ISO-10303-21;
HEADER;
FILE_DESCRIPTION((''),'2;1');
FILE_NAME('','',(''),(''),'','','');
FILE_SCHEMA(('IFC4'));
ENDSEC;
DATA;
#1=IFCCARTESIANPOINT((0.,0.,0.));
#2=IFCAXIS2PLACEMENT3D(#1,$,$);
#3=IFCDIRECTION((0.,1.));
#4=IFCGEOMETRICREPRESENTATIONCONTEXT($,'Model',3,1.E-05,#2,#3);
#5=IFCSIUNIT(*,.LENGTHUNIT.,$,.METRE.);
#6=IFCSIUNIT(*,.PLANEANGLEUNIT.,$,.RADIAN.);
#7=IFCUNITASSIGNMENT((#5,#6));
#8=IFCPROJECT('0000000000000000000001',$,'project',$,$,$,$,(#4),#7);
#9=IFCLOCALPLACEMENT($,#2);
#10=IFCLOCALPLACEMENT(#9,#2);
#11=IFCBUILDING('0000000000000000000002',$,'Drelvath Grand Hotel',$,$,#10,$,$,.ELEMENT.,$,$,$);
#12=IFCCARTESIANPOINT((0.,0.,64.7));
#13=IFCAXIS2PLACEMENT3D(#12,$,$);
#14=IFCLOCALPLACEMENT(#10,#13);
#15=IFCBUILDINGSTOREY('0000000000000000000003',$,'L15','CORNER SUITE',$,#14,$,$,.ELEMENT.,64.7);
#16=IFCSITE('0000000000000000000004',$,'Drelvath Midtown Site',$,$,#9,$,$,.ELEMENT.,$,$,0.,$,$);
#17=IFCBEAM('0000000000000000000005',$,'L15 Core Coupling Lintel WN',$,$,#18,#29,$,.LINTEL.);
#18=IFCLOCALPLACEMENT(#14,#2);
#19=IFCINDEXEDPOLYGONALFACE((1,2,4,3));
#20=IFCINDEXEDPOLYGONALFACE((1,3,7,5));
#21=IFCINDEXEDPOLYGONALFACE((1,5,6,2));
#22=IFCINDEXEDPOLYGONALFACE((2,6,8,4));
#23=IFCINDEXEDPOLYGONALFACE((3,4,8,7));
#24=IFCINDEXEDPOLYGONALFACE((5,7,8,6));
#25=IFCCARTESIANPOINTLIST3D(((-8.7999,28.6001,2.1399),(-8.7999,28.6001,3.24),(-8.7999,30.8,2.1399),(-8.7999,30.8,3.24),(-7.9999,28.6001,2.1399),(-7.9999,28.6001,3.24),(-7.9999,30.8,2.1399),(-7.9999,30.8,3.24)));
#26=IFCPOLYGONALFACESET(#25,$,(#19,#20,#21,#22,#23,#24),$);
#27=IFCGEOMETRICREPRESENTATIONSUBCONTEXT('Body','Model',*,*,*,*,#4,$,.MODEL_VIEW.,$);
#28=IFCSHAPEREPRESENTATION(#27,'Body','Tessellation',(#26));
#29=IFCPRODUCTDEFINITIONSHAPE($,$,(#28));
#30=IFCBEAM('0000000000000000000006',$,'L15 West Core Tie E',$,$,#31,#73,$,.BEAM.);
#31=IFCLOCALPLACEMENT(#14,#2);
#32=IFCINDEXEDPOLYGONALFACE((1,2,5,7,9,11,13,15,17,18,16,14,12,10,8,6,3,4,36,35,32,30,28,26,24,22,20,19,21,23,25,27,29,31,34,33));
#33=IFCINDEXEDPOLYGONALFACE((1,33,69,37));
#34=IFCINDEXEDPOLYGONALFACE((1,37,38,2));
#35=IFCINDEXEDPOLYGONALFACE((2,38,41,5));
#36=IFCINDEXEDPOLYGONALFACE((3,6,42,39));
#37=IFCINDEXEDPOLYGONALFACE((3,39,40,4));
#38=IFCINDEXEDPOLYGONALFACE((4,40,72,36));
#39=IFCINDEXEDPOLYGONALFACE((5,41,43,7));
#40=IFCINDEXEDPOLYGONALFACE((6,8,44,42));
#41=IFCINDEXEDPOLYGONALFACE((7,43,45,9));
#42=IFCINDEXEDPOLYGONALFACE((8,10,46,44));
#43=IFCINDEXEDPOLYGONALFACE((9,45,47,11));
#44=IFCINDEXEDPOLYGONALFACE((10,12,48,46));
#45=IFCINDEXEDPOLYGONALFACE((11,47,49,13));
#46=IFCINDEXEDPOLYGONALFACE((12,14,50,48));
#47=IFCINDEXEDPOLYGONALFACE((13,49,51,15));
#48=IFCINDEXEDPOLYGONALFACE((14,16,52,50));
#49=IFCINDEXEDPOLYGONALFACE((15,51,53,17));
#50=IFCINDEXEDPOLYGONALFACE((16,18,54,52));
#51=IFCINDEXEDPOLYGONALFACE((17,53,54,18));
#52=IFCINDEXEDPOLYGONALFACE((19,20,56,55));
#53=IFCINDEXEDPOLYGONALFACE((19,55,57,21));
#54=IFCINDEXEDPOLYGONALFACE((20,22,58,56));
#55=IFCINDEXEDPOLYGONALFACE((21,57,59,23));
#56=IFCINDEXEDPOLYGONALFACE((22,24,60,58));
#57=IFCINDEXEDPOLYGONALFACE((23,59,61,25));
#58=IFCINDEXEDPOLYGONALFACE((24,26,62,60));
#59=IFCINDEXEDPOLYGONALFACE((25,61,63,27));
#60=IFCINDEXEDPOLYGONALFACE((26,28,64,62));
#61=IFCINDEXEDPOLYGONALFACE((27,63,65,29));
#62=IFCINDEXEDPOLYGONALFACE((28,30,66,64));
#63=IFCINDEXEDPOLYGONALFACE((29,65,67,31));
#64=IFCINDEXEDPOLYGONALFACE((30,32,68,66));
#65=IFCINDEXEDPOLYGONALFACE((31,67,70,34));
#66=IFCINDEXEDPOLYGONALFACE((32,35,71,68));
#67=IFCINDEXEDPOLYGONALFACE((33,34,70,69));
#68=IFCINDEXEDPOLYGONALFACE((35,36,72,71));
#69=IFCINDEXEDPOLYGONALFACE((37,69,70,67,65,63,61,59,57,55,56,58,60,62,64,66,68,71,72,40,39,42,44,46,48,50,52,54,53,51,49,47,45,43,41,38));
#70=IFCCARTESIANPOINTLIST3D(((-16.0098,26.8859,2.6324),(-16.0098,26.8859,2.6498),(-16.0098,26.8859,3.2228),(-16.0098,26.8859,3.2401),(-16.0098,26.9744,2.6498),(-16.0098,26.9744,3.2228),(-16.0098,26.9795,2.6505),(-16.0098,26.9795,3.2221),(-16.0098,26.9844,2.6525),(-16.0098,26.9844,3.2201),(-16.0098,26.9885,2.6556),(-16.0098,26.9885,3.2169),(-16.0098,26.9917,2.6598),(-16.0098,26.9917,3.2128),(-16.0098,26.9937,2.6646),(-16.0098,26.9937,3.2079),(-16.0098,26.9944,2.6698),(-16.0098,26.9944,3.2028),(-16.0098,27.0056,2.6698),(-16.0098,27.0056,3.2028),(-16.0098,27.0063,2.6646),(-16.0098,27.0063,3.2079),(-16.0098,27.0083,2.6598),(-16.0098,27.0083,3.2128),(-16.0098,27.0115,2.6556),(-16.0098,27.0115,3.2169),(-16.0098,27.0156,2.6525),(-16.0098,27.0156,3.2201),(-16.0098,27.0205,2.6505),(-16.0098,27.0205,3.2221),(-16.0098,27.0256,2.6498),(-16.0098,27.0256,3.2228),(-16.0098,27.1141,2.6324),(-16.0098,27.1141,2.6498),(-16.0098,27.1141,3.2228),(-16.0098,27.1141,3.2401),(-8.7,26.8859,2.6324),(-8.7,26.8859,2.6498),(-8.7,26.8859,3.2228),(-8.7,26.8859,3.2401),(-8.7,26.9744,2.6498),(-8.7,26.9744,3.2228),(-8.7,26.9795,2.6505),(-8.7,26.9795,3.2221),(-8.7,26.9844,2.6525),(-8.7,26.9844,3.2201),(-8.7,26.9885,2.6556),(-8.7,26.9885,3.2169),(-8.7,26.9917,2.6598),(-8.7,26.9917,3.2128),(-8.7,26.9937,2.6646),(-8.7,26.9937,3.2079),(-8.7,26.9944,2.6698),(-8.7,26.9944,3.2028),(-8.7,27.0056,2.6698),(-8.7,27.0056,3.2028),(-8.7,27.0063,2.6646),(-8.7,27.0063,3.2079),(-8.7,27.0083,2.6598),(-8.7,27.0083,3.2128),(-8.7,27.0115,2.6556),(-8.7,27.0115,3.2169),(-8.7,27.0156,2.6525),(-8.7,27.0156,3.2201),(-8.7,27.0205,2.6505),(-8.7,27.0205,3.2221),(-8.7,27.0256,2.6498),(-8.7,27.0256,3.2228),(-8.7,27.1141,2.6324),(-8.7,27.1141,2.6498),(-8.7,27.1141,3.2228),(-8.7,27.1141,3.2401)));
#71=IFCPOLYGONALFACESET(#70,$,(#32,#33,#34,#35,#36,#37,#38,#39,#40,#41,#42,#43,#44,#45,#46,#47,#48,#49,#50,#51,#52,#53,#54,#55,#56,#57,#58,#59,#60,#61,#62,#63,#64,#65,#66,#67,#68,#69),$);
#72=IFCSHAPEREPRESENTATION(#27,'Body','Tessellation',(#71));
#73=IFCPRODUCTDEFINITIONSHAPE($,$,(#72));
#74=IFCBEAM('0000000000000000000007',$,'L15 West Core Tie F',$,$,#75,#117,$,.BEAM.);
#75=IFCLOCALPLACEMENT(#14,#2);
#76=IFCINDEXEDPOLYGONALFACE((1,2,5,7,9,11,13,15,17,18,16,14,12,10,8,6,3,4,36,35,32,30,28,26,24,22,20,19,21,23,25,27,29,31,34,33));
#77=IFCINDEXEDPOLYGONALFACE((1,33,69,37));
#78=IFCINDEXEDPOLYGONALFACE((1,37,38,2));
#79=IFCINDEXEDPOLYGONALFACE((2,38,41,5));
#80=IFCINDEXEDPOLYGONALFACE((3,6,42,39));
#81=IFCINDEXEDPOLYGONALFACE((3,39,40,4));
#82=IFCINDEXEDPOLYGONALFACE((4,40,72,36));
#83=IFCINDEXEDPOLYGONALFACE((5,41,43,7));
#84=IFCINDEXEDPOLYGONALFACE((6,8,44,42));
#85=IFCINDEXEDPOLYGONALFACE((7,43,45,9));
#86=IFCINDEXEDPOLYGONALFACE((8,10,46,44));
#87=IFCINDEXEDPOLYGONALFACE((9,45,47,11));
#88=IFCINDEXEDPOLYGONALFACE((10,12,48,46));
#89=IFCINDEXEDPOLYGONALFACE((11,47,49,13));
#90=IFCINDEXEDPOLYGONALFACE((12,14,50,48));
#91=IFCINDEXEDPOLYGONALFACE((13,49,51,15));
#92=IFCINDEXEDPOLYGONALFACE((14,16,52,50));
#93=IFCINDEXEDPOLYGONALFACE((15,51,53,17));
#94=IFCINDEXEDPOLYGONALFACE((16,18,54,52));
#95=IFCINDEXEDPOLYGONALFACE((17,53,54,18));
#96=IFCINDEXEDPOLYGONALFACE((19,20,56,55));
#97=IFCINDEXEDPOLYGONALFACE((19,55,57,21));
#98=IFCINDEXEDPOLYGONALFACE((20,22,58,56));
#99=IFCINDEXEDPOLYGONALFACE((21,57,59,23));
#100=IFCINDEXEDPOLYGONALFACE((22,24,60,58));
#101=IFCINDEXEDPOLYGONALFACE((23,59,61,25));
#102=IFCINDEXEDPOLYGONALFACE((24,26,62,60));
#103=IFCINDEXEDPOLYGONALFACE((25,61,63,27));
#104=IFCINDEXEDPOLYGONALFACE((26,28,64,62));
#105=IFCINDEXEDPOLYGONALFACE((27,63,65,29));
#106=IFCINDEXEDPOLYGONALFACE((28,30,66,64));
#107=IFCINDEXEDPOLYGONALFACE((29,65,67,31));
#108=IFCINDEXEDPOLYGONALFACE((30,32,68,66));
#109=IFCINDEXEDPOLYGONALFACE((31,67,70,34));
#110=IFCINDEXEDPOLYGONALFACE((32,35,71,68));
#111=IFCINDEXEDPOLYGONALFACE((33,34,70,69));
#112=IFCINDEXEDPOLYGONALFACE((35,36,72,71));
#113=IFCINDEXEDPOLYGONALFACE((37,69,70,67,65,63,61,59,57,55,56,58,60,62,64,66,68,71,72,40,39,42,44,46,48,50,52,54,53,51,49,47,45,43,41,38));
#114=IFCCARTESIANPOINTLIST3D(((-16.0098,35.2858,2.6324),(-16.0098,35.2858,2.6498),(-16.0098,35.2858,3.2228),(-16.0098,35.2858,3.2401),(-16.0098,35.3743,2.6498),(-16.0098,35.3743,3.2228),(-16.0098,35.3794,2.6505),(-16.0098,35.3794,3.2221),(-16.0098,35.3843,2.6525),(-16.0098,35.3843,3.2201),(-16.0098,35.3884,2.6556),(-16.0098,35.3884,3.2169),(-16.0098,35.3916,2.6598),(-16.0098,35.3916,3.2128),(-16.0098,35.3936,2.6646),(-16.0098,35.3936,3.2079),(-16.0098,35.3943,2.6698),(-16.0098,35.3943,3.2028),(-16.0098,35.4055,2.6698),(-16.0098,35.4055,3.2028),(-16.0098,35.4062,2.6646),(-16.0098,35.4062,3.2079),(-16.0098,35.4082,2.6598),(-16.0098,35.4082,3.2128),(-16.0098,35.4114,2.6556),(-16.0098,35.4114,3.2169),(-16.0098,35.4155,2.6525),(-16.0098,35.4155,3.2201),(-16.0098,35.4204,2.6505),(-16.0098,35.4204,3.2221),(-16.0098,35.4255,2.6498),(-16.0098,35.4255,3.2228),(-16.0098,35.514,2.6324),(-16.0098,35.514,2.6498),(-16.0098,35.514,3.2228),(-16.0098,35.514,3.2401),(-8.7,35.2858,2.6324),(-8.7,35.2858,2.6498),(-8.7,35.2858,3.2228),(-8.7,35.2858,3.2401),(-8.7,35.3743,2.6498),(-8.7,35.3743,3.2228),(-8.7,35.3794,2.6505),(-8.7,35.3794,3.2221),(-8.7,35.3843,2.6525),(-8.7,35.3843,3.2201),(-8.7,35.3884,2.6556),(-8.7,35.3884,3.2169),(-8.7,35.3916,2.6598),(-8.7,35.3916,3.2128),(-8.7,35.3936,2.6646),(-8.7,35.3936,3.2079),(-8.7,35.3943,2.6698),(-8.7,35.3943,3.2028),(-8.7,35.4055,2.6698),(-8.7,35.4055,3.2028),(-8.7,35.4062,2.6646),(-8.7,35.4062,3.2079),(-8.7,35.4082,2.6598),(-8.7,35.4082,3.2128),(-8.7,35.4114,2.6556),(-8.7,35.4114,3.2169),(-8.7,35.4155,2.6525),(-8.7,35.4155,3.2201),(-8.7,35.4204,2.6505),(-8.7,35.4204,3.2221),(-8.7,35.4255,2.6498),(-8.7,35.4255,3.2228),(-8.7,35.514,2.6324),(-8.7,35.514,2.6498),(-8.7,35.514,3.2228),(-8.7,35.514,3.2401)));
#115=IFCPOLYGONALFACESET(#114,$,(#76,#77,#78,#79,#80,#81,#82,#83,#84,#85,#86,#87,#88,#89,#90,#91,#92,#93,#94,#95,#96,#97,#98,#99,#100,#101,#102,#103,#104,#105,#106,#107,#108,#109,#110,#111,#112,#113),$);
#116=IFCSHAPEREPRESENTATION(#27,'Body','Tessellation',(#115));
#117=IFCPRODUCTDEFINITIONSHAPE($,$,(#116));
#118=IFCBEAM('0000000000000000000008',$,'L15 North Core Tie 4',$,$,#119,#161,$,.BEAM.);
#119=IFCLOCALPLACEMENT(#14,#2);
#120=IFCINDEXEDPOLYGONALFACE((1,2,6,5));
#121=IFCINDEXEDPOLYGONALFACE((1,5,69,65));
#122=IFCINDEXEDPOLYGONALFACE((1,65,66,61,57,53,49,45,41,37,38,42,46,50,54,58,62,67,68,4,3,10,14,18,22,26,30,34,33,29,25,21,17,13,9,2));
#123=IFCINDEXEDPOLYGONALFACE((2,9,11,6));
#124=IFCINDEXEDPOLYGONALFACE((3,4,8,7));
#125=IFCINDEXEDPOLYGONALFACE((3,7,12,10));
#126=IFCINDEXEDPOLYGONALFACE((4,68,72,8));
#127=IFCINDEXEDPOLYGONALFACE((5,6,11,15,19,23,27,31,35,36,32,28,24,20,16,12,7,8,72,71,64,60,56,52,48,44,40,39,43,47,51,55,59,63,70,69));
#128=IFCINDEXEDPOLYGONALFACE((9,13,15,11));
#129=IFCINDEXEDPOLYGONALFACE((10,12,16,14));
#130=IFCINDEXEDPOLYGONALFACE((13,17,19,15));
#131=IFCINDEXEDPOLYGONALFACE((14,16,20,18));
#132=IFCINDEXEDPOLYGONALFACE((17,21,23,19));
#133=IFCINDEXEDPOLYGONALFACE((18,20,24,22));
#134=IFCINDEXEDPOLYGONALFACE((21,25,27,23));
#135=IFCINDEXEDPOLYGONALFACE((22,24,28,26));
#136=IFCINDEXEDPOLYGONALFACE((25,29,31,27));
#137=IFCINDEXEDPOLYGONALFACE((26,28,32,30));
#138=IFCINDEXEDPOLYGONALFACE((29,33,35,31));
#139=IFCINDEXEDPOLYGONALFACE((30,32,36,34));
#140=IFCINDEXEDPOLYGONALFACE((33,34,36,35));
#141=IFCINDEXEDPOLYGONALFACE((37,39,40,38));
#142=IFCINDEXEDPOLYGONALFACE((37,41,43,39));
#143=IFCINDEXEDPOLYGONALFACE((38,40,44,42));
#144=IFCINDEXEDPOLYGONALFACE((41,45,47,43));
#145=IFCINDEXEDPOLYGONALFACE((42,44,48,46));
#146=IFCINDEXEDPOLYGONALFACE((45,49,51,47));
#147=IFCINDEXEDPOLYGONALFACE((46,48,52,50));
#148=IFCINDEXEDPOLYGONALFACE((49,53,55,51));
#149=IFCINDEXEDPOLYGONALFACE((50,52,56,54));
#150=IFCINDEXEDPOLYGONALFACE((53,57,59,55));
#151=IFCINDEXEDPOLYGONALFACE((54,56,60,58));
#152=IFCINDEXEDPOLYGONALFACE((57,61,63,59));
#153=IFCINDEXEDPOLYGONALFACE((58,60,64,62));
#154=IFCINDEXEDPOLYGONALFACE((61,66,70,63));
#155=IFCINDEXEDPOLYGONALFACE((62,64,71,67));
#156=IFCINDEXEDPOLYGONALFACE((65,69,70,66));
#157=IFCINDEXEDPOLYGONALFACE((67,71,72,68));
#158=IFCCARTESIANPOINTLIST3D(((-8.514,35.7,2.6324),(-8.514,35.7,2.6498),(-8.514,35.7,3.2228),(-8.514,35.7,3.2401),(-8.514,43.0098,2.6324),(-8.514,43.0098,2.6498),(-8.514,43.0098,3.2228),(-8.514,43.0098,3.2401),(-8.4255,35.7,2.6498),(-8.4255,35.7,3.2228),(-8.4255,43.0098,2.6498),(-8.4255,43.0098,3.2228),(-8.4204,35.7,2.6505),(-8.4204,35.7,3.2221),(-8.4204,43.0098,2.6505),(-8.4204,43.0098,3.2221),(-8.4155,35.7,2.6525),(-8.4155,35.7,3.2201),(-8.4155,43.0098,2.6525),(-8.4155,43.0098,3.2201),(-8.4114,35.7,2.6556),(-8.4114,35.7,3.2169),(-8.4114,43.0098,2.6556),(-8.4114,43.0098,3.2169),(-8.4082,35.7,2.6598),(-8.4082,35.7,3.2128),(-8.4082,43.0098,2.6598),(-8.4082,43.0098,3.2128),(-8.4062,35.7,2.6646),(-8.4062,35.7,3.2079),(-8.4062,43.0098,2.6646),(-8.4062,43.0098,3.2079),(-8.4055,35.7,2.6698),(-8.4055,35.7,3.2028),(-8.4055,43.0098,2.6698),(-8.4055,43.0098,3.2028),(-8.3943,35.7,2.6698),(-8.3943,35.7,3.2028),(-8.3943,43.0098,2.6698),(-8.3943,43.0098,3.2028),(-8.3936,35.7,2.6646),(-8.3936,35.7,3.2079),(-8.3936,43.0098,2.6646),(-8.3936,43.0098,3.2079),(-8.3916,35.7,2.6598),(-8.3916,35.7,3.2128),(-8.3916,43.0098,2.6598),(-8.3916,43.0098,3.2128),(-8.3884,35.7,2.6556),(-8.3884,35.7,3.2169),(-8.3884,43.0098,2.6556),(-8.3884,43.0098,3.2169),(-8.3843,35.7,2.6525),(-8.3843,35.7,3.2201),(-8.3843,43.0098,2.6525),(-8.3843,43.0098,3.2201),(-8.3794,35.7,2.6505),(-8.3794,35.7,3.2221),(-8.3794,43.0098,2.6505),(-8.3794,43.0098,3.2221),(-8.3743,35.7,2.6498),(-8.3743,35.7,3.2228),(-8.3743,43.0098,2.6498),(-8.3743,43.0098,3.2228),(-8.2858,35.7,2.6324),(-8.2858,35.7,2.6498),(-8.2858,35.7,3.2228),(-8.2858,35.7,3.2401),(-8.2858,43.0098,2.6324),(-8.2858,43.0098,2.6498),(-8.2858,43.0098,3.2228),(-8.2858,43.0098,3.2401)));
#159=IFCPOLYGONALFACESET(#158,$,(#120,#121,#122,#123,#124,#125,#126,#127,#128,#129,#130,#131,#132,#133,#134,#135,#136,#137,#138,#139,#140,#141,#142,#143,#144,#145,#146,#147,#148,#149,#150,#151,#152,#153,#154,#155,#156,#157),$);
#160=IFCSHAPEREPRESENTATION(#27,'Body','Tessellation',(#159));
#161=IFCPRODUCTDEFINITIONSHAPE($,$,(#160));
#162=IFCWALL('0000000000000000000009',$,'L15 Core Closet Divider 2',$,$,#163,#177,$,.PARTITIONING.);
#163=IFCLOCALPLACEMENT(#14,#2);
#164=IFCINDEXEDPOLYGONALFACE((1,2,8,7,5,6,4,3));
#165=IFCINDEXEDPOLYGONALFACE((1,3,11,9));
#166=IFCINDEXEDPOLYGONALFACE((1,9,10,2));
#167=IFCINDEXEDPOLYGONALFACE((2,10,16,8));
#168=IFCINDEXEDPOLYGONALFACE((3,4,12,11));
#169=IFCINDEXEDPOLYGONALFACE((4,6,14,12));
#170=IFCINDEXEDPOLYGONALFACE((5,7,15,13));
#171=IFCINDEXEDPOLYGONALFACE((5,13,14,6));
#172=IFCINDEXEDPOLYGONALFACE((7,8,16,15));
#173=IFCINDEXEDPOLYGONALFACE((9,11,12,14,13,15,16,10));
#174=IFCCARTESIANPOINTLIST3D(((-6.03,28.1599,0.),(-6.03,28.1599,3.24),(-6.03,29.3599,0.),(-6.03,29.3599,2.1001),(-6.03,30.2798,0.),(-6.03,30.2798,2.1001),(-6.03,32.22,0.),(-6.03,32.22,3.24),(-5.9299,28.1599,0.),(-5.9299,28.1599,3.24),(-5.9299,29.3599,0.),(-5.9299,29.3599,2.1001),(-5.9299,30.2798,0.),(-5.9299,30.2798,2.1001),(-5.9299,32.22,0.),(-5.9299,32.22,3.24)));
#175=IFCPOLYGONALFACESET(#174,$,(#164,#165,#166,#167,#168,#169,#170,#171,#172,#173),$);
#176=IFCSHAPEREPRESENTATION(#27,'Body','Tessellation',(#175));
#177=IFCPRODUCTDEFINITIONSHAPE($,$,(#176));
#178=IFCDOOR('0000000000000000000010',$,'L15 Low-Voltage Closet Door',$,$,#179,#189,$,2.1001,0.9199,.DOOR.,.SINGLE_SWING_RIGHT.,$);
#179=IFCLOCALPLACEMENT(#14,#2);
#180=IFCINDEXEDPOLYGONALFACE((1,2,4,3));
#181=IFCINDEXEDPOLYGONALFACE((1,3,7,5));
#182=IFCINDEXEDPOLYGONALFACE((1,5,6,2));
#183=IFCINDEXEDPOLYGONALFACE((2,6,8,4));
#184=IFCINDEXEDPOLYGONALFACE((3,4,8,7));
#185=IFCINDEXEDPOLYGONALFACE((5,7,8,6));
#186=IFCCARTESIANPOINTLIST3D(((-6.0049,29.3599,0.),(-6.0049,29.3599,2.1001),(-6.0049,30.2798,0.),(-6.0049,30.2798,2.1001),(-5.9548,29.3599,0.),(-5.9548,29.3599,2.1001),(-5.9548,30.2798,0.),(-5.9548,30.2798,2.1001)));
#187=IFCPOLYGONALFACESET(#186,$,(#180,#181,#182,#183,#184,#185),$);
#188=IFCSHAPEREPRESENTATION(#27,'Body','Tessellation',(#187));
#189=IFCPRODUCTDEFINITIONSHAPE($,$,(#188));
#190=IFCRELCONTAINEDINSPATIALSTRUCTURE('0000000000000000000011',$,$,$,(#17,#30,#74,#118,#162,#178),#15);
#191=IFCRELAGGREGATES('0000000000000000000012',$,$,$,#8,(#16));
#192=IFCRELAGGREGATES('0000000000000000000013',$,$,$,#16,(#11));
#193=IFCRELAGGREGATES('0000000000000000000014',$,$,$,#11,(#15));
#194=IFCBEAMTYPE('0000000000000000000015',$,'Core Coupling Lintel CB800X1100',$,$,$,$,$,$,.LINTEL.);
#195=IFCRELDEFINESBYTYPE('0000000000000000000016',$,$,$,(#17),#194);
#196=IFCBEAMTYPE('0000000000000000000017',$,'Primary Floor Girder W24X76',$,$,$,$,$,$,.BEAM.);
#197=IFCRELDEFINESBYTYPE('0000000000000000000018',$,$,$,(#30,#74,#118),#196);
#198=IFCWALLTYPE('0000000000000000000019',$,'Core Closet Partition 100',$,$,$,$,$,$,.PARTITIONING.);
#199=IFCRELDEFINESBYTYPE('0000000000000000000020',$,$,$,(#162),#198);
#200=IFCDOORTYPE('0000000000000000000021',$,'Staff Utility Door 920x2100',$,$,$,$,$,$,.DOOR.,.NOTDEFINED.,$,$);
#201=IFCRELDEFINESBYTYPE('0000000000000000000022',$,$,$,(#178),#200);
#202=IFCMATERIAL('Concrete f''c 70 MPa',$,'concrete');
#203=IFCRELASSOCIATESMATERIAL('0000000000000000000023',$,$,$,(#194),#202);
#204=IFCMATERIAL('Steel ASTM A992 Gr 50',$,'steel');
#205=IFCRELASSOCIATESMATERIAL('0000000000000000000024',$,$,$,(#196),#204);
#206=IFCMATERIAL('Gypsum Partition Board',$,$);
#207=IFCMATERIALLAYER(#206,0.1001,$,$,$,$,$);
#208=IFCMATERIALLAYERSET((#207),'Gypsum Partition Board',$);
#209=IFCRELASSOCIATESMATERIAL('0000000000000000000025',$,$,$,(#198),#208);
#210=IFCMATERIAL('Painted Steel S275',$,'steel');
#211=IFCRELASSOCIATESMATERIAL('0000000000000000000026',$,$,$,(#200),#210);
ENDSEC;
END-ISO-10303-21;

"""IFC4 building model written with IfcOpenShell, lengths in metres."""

from ifc_helpers import new_model, si_unit, direction, frame, frame_2d, origin, origin_2d, place, context, subcontext, project, spatial, rectangle, i_section, extrude, material, layer, layer_set, material_profile, profile_set, type_object, element, fill, save


model = new_model("IFC4")

# Units and contexts
model_context = context("Model", 3, precision=1e-05, world=origin(), true_north=direction((0.0, 1.0)))
body_context = subcontext(model_context, "Body", "Model", "MODEL_VIEW")
ifc_project = project(units=[si_unit("LENGTHUNIT", "METRE"), si_unit("PLANEANGLEUNIT", "RADIAN")], contexts=[model_context])

# Site, building, storey
site_placement = place(None, origin())
site = spatial("IfcSite", under=ifc_project, at=site_placement, Name="Drelvath Midtown Site", CompositionType="ELEMENT", RefElevation=0.0)
building_placement = place(site_placement, origin())
building = spatial("IfcBuilding", under=site, at=building_placement, Name="Drelvath Grand Hotel", CompositionType="ELEMENT")
storey_placement = place(building_placement, frame((0.0, 0.0, 64.7)))
storey = spatial("IfcBuildingStorey", under=building, at=storey_placement, Name="L15", Description="CORNER SUITE", CompositionType="ELEMENT", Elevation=64.7)

# Beams
ifc_material_1 = material(Name="Concrete f'c 70 MPa", Category="concrete")
ifc_material_profile_1 = material_profile(ifc_material_1, rectangle(XDim=0.8, YDim=1.1001, at=origin_2d()), Name="CB800X1100")
ifc_profile_set_1 = profile_set([ifc_material_profile_1], Name="Concrete f'c 70 MPa")
beam_type_1 = type_object("IfcBeamType", Name="Core Coupling Lintel CB800X1100", PredefinedType="LINTEL", material=ifc_profile_set_1)
beam_placement = place(storey_placement, frame((-8.3999, 28.6001, 2.6899), z_axis=(0.0, 1.0, 0.0), x_axis=(-1.0, 0.0, 0.0)))
element("IfcBeam", 1, at=beam_placement, inside=storey, type_object=beam_type_1, Name="L15 Core Coupling Lintel WN", PredefinedType="LINTEL", context=body_context, shape_type="SweptSolid", body=[
    extrude(rectangle(XDim=0.8, YDim=1.1001, at=origin_2d()), origin(), (0.0, 0.0, 1.0), 2.2),
])
ifc_material_2 = material(Name="Steel ASTM A992 Gr 50", Category="steel")
ifc_material_profile_2 = material_profile(ifc_material_2, i_section(OverallWidth=0.2283, OverallDepth=0.6077, WebThickness=0.0112, FlangeThickness=0.0173, FilletRadius=0.02, at=origin_2d()), Name="W24X76")
ifc_profile_set_2 = profile_set([ifc_material_profile_2], Name="Steel ASTM A992 Gr 50")
beam_type_2 = type_object("IfcBeamType", Name="Primary Floor Girder W24X76", PredefinedType="BEAM", material=ifc_profile_set_2)
for number, where, z_axis, x_axis, name in (
    (2, (-16.0098, 27.0, 2.9363), (1.0, 0.0, 0.0), (0.0, 1.0, 0.0), "L15 West Core Tie E"),
    (3, (-16.0098, 35.3999, 2.9363), (1.0, 0.0, 0.0), (0.0, 1.0, 0.0), "L15 West Core Tie F"),
    (4, (-8.3999, 35.7, 2.9363), (0.0, 1.0, 0.0), (-1.0, 0.0, 0.0), "L15 North Core Tie 4"),
):
    element("IfcBeam", number, at=place(storey_placement, frame(where, z_axis=z_axis, x_axis=x_axis)), inside=storey, type_object=beam_type_2, Name=name, PredefinedType="BEAM", context=body_context, shape_type="SweptSolid", body=[
        extrude(i_section(OverallWidth=0.2283, OverallDepth=0.6077, WebThickness=0.0112, FlangeThickness=0.0173, FilletRadius=0.02, at=origin_2d()), origin(), (0.0, 0.0, 1.0), 7.3098),
    ])

# Wall, opening, door
ifc_material_3 = material(Name="Gypsum Partition Board")
ifc_layer_1 = layer(ifc_material_3, 0.1001)
ifc_layer_set_1 = layer_set([ifc_layer_1], Name="Gypsum Partition Board")
wall_type_1 = type_object("IfcWallType", Name="Core Closet Partition 100", PredefinedType="PARTITIONING", material=ifc_layer_set_1)
wall_1_placement = place(storey_placement, frame((-5.98, 28.1599, 0.0), z_axis=(0.0, 0.0, 1.0), x_axis=(0.0, 1.0, 0.0)))
wall_1 = element("IfcWall", 5, at=wall_1_placement, inside=storey, type_object=wall_type_1, Name="L15 Core Closet Divider 2", PredefinedType="PARTITIONING", context=body_context, shape_type="SweptSolid", body=[
    extrude(rectangle(XDim=4.0601, YDim=0.1001, at=frame_2d((2.03, 0.0))), origin(), (0.0, 0.0, 1.0), 3.24),
])
opening_1_placement = place(wall_1_placement, frame((1.2, 0.0, 0.0)))
opening_1 = element("IfcOpeningElement", 6, at=opening_1_placement, cuts=wall_1, PredefinedType="OPENING", context=body_context, shape_type="SweptSolid", body=[
    extrude(rectangle(XDim=0.9199, YDim=2.1001, at=frame_2d((0.46, 1.05))), frame((0.0, 0.0601, 0.0), z_axis=(0.0, -1.0, 0.0), x_axis=(1.0, 0.0, 0.0)), (0.0, 0.0, 1.0), 0.1201),
])
ifc_material_4 = material(Name="Painted Steel S275", Category="steel")
door_type_1 = type_object("IfcDoorType", Name="Staff Utility Door 920x2100", OperationType="NOTDEFINED", PredefinedType="DOOR", material=ifc_material_4)
door_1_placement = place(opening_1_placement, origin())
door_1 = element("IfcDoor", 7, at=door_1_placement, inside=storey, type_object=door_type_1, Name="L15 Low-Voltage Closet Door", OperationType="SINGLE_SWING_RIGHT", OverallHeight=2.1001, OverallWidth=0.9199, PredefinedType="DOOR", context=body_context, shape_type="SweptSolid", body=[
    extrude(rectangle(XDim=0.9199, YDim=2.1001, at=frame_2d((0.46, 1.05))), frame((0.0, 0.0249, 0.0), z_axis=(0.0, -1.0, 0.0), x_axis=(1.0, 0.0, 0.0)), (0.0, 0.0, 1.0), 0.05),
])
fill(opening_1, door_1)

save(model, "model.ifc")
